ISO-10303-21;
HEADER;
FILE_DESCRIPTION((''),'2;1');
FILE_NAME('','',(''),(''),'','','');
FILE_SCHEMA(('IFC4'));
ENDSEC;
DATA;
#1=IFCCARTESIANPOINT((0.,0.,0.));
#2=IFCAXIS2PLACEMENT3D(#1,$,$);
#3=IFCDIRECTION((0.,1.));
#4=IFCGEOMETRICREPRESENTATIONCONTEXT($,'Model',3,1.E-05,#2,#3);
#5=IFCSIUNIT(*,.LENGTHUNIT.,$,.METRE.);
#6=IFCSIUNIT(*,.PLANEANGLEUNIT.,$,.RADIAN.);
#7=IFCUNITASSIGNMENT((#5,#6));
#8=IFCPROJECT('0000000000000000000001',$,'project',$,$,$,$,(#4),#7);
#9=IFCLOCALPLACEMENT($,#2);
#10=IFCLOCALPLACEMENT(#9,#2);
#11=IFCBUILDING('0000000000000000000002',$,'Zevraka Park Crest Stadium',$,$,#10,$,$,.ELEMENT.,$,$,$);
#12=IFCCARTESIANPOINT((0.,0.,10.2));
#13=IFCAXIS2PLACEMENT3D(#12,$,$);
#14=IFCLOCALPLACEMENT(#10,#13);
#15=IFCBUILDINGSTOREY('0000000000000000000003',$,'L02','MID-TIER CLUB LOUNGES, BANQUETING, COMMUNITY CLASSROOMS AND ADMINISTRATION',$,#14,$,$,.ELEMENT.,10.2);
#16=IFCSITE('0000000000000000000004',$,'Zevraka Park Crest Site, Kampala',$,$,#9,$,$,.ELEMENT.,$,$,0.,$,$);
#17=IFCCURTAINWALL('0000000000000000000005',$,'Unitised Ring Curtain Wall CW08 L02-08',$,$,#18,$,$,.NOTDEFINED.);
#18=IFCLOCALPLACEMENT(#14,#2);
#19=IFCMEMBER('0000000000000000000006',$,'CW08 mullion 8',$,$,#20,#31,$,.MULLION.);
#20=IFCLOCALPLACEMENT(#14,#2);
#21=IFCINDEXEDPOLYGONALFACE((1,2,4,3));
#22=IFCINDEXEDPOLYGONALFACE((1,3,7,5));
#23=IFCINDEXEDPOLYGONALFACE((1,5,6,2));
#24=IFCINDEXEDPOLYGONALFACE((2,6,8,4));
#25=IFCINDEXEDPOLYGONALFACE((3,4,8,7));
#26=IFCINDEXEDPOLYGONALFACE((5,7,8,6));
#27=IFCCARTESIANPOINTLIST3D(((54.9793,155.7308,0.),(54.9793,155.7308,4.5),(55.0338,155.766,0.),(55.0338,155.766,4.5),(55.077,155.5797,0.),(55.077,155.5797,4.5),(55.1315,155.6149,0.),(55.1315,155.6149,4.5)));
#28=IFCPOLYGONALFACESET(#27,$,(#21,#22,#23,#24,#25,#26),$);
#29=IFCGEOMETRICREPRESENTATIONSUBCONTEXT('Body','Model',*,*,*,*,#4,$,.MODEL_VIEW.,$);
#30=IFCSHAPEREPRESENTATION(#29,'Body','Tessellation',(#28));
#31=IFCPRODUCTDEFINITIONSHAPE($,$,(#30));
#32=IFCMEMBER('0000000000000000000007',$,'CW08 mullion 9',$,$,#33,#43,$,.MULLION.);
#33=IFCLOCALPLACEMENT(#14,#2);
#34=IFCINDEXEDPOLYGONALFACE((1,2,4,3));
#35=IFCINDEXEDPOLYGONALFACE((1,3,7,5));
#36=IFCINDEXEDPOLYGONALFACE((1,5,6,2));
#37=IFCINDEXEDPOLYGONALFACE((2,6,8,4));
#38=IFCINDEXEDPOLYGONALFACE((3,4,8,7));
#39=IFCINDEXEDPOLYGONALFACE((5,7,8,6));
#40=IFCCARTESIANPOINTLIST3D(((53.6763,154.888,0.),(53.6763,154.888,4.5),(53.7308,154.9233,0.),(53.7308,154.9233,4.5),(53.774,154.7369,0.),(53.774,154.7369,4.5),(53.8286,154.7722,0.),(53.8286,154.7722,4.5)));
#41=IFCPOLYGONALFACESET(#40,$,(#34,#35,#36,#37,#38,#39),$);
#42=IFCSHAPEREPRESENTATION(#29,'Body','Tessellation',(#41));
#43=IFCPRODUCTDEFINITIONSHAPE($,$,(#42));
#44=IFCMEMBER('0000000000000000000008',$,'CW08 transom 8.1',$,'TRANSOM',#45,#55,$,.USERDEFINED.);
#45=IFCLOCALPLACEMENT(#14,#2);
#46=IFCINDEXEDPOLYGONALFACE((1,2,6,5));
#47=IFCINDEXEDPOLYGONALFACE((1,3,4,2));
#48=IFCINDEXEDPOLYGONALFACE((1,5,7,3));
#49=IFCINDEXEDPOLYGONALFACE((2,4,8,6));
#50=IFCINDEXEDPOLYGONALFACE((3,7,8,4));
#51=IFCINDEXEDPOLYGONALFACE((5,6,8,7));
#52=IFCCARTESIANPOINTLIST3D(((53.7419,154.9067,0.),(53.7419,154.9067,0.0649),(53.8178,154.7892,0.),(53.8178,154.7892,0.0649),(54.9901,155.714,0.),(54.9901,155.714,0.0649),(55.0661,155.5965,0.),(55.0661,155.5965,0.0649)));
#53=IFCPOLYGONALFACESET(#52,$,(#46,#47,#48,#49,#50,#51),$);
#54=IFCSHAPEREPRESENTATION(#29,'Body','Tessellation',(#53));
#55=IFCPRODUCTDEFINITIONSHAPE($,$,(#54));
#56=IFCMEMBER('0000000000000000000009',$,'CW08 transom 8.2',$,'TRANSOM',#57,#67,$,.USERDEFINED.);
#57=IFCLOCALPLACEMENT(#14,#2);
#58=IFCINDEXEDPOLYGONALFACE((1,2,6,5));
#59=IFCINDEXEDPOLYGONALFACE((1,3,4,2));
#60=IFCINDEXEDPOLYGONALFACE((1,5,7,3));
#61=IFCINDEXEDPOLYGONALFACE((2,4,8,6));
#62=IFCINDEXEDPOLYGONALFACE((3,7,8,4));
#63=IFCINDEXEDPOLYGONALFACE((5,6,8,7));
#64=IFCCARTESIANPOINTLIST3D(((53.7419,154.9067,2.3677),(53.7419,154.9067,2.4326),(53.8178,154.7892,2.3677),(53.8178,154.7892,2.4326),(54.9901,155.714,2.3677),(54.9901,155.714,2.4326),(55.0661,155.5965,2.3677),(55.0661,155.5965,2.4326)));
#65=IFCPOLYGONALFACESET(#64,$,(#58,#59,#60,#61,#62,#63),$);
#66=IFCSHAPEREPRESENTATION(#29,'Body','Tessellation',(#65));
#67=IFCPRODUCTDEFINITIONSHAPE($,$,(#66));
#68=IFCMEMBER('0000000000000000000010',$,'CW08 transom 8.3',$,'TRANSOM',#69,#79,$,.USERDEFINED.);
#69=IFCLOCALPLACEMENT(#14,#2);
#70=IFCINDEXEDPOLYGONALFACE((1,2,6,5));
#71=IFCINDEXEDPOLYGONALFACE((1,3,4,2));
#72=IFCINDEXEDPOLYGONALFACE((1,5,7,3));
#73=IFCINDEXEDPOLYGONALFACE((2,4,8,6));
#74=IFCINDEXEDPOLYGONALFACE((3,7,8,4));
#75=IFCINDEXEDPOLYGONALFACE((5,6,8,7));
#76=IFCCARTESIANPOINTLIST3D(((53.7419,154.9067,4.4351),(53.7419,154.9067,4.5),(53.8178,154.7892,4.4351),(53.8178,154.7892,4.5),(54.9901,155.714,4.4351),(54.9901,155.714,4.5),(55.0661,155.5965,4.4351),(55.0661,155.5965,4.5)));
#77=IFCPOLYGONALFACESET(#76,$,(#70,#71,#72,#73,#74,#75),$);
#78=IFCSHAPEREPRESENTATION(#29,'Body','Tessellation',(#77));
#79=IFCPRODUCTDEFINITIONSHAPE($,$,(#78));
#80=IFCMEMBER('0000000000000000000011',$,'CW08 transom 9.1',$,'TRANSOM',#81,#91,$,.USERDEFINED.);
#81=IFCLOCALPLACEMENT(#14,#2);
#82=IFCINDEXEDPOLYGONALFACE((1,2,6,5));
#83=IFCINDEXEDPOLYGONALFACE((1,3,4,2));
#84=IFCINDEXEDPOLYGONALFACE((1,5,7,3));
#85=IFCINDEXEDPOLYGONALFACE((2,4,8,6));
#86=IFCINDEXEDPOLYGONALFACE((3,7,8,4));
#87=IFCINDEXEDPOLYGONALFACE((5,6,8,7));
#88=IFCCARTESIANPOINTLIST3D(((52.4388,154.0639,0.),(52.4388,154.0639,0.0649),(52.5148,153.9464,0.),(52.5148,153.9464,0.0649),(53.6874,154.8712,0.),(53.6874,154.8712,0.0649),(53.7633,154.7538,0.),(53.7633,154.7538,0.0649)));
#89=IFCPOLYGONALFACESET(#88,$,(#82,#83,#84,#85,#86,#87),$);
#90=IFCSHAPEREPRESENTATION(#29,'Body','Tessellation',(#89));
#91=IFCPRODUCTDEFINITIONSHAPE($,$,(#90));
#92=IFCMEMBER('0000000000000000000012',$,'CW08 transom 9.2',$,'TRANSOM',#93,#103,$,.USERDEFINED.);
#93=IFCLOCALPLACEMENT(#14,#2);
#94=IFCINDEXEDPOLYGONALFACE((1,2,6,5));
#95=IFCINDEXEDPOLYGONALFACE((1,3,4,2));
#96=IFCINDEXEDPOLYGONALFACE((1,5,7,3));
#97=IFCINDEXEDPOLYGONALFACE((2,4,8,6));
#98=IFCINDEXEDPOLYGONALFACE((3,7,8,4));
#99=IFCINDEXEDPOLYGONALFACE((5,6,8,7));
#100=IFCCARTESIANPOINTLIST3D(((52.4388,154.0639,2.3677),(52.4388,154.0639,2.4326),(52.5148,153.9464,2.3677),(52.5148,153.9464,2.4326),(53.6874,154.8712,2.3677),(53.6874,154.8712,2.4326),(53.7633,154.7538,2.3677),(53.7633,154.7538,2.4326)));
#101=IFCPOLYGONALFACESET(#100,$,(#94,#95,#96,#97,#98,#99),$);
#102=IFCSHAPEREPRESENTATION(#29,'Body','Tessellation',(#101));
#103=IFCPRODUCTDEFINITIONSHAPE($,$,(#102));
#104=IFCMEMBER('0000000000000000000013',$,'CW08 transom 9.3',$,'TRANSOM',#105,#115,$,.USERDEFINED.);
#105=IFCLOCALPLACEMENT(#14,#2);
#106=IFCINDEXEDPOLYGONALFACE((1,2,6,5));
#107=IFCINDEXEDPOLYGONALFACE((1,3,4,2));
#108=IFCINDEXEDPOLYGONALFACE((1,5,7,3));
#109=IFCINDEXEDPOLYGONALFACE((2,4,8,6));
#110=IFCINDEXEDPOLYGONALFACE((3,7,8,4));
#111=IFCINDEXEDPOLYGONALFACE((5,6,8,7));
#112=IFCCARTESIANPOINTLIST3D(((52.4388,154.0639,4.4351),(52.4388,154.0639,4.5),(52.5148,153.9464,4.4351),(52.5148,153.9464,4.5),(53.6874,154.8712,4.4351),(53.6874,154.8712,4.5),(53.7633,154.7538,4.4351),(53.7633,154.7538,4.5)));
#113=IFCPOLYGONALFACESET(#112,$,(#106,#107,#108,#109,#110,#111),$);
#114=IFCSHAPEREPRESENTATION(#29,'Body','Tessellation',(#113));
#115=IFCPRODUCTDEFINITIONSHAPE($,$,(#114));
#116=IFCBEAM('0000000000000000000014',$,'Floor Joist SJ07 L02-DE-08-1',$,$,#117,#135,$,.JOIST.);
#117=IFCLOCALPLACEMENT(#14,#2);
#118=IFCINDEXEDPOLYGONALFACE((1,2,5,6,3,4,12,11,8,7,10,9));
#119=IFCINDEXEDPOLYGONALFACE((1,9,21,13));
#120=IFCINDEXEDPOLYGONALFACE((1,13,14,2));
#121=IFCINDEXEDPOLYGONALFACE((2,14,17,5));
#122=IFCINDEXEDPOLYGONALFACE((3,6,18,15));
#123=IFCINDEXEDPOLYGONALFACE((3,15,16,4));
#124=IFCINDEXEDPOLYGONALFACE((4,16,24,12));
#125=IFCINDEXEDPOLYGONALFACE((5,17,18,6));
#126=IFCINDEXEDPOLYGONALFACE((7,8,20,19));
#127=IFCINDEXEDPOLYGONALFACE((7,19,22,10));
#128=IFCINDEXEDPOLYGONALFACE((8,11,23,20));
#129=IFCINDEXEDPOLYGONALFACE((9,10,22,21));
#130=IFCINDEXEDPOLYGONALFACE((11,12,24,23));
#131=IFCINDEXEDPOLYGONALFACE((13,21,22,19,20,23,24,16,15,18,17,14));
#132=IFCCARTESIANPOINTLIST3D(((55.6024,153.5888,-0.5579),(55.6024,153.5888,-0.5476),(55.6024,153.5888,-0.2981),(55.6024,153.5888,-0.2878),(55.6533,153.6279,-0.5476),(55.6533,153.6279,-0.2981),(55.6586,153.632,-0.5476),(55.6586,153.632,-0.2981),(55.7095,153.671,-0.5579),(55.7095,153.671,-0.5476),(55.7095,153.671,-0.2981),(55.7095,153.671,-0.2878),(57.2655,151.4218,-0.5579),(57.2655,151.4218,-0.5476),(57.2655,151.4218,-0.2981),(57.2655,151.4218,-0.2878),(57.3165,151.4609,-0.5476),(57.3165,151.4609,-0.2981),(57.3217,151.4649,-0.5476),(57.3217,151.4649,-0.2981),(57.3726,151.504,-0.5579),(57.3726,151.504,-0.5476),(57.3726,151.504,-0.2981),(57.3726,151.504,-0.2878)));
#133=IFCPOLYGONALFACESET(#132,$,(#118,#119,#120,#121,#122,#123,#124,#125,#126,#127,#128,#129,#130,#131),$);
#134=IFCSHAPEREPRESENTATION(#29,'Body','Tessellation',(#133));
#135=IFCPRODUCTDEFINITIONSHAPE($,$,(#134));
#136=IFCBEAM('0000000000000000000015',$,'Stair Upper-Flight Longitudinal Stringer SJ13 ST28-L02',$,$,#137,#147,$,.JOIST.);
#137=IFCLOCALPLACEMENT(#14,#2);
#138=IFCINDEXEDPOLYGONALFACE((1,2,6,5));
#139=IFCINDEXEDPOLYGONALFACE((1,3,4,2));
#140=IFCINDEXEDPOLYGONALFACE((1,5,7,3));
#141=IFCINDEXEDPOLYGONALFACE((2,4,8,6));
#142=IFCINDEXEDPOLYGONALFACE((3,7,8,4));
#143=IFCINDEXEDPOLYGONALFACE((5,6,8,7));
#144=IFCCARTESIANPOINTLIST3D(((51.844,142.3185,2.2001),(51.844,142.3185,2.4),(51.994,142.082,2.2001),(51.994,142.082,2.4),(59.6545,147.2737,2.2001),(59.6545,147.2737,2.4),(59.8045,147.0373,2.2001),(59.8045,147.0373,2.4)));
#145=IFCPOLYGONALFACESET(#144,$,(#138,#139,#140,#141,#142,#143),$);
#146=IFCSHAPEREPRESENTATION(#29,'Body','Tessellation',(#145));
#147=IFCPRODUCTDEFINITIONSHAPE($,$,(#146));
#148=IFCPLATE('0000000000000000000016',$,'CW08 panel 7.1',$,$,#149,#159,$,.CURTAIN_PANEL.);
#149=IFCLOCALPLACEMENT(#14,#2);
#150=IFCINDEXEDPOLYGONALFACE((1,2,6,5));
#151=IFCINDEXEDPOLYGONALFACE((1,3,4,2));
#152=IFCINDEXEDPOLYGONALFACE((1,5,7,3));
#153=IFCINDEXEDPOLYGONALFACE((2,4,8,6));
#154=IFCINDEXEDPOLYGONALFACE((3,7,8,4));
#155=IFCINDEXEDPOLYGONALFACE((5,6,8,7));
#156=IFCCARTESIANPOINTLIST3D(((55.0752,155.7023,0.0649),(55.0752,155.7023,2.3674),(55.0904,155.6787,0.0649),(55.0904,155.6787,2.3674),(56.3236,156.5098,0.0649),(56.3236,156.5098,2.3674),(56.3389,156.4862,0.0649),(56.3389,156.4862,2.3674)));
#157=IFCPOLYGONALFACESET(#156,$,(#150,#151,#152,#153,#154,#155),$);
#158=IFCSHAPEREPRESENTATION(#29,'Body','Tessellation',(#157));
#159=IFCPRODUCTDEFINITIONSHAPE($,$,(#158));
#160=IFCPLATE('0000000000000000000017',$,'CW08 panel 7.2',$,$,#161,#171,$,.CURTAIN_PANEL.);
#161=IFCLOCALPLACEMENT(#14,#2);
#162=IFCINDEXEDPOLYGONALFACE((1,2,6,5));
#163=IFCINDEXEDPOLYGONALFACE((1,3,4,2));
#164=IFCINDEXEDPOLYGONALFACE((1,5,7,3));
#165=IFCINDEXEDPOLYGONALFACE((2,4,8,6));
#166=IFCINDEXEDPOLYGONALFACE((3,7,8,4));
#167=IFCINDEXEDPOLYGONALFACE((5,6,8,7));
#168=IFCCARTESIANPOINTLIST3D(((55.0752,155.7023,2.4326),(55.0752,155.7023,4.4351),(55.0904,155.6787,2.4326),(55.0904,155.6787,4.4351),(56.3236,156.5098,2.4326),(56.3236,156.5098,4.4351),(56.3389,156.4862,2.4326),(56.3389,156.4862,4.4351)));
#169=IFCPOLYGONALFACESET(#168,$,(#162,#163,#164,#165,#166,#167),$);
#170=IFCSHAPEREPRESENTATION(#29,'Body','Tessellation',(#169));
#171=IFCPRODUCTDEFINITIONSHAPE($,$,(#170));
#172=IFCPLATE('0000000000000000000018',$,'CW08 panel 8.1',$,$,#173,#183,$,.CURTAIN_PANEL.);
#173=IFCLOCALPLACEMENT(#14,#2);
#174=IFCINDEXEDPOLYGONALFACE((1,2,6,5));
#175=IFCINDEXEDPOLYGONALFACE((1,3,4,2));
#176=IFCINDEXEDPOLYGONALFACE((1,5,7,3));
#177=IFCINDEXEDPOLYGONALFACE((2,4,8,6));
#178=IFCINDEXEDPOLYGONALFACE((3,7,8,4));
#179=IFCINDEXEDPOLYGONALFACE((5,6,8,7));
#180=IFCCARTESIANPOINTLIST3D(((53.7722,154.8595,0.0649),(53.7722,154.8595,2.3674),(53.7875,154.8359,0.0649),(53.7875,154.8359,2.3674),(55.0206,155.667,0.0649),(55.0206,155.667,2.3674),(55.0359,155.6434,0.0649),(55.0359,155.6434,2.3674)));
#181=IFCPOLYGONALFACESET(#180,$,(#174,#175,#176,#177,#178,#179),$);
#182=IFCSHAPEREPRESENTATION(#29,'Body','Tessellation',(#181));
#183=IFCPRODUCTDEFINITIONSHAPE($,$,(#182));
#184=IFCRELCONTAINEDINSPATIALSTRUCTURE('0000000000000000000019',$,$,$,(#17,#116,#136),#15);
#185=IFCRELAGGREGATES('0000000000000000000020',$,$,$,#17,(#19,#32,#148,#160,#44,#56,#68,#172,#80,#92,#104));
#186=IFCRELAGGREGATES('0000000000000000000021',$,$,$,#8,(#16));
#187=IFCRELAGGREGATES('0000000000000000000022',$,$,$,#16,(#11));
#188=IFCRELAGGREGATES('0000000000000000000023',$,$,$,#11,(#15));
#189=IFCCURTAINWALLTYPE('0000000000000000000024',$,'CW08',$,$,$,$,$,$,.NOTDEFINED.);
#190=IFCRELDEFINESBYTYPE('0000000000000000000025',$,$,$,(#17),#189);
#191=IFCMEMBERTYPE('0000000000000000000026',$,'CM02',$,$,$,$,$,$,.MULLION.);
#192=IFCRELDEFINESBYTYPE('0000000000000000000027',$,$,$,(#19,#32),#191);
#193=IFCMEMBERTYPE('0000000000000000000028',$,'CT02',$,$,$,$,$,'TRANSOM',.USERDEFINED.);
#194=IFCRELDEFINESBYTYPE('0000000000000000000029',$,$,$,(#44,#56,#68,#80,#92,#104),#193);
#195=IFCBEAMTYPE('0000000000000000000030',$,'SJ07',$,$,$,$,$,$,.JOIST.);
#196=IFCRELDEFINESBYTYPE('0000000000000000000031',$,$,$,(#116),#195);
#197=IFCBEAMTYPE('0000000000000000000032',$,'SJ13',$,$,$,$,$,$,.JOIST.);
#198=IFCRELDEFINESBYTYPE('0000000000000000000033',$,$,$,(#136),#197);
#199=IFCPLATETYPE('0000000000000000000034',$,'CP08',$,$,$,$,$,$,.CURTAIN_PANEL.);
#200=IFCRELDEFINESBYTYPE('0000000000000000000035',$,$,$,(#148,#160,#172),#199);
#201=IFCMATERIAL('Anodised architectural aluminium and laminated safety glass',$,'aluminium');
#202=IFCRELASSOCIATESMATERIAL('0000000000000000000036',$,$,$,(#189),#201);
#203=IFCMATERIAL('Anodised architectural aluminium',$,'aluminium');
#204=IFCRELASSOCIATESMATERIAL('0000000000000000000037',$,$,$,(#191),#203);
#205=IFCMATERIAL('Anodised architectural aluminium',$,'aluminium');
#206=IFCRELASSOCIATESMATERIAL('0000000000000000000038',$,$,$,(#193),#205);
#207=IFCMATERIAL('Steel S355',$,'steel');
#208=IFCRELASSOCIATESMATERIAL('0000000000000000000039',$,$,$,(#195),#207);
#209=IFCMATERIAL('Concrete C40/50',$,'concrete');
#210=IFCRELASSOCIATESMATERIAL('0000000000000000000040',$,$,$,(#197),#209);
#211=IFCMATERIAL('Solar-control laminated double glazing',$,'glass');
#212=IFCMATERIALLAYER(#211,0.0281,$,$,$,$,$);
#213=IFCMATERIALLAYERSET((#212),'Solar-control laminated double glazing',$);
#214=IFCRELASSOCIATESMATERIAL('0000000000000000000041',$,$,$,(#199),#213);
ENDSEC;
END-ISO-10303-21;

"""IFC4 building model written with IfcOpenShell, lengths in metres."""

from ifc_helpers import new_model, si_unit, direction, frame, origin, origin_2d, place, context, subcontext, project, spatial, rectangle, i_section, extrude, material, layer, layer_set, material_profile, profile_set, type_object, element, aggregate, save


model = new_model("IFC4")

# Units and contexts
model_context = context("Model", 3, precision=1e-05, world=origin(), true_north=direction((0.0, 1.0)))
body_context = subcontext(model_context, "Body", "Model", "MODEL_VIEW")
ifc_project = project(units=[si_unit("LENGTHUNIT", "METRE"), si_unit("PLANEANGLEUNIT", "RADIAN")], contexts=[model_context])

# Site, building, storey
site_placement = place(None, origin())
site = spatial("IfcSite", under=ifc_project, at=site_placement, Name="Zevraka Park Crest Site, Kampala", CompositionType="ELEMENT", RefElevation=0.0)
building_placement = place(site_placement, origin())
building = spatial("IfcBuilding", under=site, at=building_placement, Name="Zevraka Park Crest Stadium", CompositionType="ELEMENT")
storey_placement = place(building_placement, frame((0.0, 0.0, 10.2)))
storey = spatial("IfcBuildingStorey", under=building, at=storey_placement, Name="L02", Description="MID-TIER CLUB LOUNGES, BANQUETING, COMMUNITY CLASSROOMS AND ADMINISTRATION", CompositionType="ELEMENT", Elevation=10.2)

# Curtain wall, members
ifc_material_1 = material(Name="Anodised architectural aluminium and laminated safety glass", Category="aluminium")
curtain_wall_type = type_object("IfcCurtainWallType", Name="CW08", PredefinedType="NOTDEFINED", material=ifc_material_1)
curtain_wall_placement = place(storey_placement, origin())
curtain_wall = element("IfcCurtainWall", 1, at=curtain_wall_placement, inside=storey, type_object=curtain_wall_type, Name="Unitised Ring Curtain Wall CW08 L02-08", PredefinedType="NOTDEFINED")
ifc_material_2 = material(Name="Anodised architectural aluminium", Category="aluminium")
ifc_material_profile_1 = material_profile(ifc_material_2, rectangle(XDim=0.1799, YDim=0.0649, at=origin_2d()), Name="ALU MULLION 180x65")
ifc_profile_set_1 = profile_set([ifc_material_profile_1], Name="Anodised architectural aluminium")
member_type_1 = type_object("IfcMemberType", Name="CM02", PredefinedType="MULLION", material=ifc_profile_set_1)
member_1_placement = place(storey_placement, frame((55.0554, 155.6729, 0.0), z_axis=(0.0, 0.0, 1.0), x_axis=(0.543096, -0.83967, 0.0)))
member_1 = element("IfcMember", 2, at=member_1_placement, type_object=member_type_1, Name="CW08 mullion 8", PredefinedType="MULLION", context=body_context, shape_type="SweptSolid", body=[
    extrude(rectangle(XDim=0.1799, YDim=0.0649, at=origin_2d()), origin(), (0.0, 0.0, 1.0), 4.5),
])
member_2_placement = place(storey_placement, frame((53.7524, 154.8301, 0.0), z_axis=(0.0, 0.0, 1.0), x_axis=(0.543096, -0.83967, 0.0)))
member_2 = element("IfcMember", 3, at=member_2_placement, type_object=member_type_1, Name="CW08 mullion 9", PredefinedType="MULLION", context=body_context, shape_type="SweptSolid", body=[
    extrude(rectangle(XDim=0.1799, YDim=0.0649, at=origin_2d()), origin(), (0.0, 0.0, 1.0), 4.5),
])
ifc_material_3 = material(Name="Anodised architectural aluminium", Category="aluminium")
ifc_material_profile_2 = material_profile(ifc_material_3, rectangle(XDim=0.1399, YDim=0.0649, at=origin_2d()), Name="ALU TRANSOM 140x65")
ifc_profile_set_2 = profile_set([ifc_material_profile_2], Name="Anodised architectural aluminium")
member_type_2 = type_object("IfcMemberType", Name="CT02", ElementType="TRANSOM", PredefinedType="USERDEFINED", material=ifc_profile_set_2)
member_3_placement = place(storey_placement, frame((55.0281, 155.6553, 0.0325), z_axis=(-0.839676, -0.543088, 0.0), x_axis=(0.543088, -0.839676, 0.0)))
member_3 = element("IfcMember", 4, at=member_3_placement, type_object=member_type_2, Name="CW08 transom 8.1", ObjectType="TRANSOM", PredefinedType="USERDEFINED", context=body_context, shape_type="SweptSolid", body=[
    extrude(rectangle(XDim=0.1399, YDim=0.0649, at=origin_2d()), origin(), (0.0, 0.0, 1.0), 1.4866),
])
member_4_placement = place(storey_placement, frame((55.0281, 155.6553, 2.4001), z_axis=(-0.839676, -0.543088, 0.0), x_axis=(0.543088, -0.839676, 0.0)))
member_4 = element("IfcMember", 5, at=member_4_placement, type_object=member_type_2, Name="CW08 transom 8.2", ObjectType="TRANSOM", PredefinedType="USERDEFINED", context=body_context, shape_type="SweptSolid", body=[
    extrude(rectangle(XDim=0.1399, YDim=0.0649, at=origin_2d()), origin(), (0.0, 0.0, 1.0), 1.4866),
])
member_5_placement = place(storey_placement, frame((55.0281, 155.6553, 4.4675), z_axis=(-0.839676, -0.543088, 0.0), x_axis=(0.543088, -0.839676, 0.0)))
member_5 = element("IfcMember", 6, at=member_5_placement, type_object=member_type_2, Name="CW08 transom 8.3", ObjectType="TRANSOM", PredefinedType="USERDEFINED", context=body_context, shape_type="SweptSolid", body=[
    extrude(rectangle(XDim=0.1399, YDim=0.0649, at=origin_2d()), origin(), (0.0, 0.0, 1.0), 1.4866),
])
member_6_placement = place(storey_placement, frame((53.7253, 154.8125, 0.0325), z_axis=(-0.839724, -0.543013, 0.0), x_axis=(0.543013, -0.839724, 0.0)))
member_6 = element("IfcMember", 7, at=member_6_placement, type_object=member_type_2, Name="CW08 transom 9.1", ObjectType="TRANSOM", PredefinedType="USERDEFINED", context=body_context, shape_type="SweptSolid", body=[
    extrude(rectangle(XDim=0.1399, YDim=0.0649, at=origin_2d()), origin(), (0.0, 0.0, 1.0), 1.4868),
])
member_7_placement = place(storey_placement, frame((53.7253, 154.8125, 2.4001), z_axis=(-0.839724, -0.543013, 0.0), x_axis=(0.543013, -0.839724, 0.0)))
member_7 = element("IfcMember", 8, at=member_7_placement, type_object=member_type_2, Name="CW08 transom 9.2", ObjectType="TRANSOM", PredefinedType="USERDEFINED", context=body_context, shape_type="SweptSolid", body=[
    extrude(rectangle(XDim=0.1399, YDim=0.0649, at=origin_2d()), origin(), (0.0, 0.0, 1.0), 1.4868),
])
member_8_placement = place(storey_placement, frame((53.7253, 154.8125, 4.4675), z_axis=(-0.839724, -0.543013, 0.0), x_axis=(0.543013, -0.839724, 0.0)))
member_8 = element("IfcMember", 9, at=member_8_placement, type_object=member_type_2, Name="CW08 transom 9.3", ObjectType="TRANSOM", PredefinedType="USERDEFINED", context=body_context, shape_type="SweptSolid", body=[
    extrude(rectangle(XDim=0.1399, YDim=0.0649, at=origin_2d()), origin(), (0.0, 0.0, 1.0), 1.4868),
])

# Beams
ifc_material_4 = material(Name="Steel S355", Category="steel")
ifc_material_profile_3 = material_profile(ifc_material_4, i_section(OverallWidth=0.135, OverallDepth=0.27, WebThickness=0.0066, FlangeThickness=0.0103, at=origin_2d()), Name="IPE 270")
ifc_profile_set_3 = profile_set([ifc_material_profile_3], Name="Steel S355")
beam_type_1 = type_object("IfcBeamType", Name="SJ07", PredefinedType="JOIST", material=ifc_profile_set_3)
beam_1_placement = place(storey_placement, frame((57.3191, 151.4629, -0.4229), z_axis=(-0.608829, 0.793301, 0.0), x_axis=(-0.793301, -0.608829, 0.0)))
element("IfcBeam", 10, at=beam_1_placement, inside=storey, type_object=beam_type_1, Name="Floor Joist SJ07 L02-DE-08-1", PredefinedType="JOIST", context=body_context, shape_type="SweptSolid", body=[
    extrude(i_section(OverallWidth=0.135, OverallDepth=0.27, WebThickness=0.0066, FlangeThickness=0.0103, at=origin_2d()), origin(), (0.0, 0.0, 1.0), 2.7317),
])
ifc_material_5 = material(Name="Concrete C40/50", Category="concrete")
ifc_material_profile_4 = material_profile(ifc_material_5, rectangle(XDim=0.28, YDim=0.2, at=origin_2d()), Name="RC 200x280")
ifc_profile_set_4 = profile_set([ifc_material_profile_4], Name="Concrete C40/50")
beam_type_2 = type_object("IfcBeamType", Name="SJ13", PredefinedType="JOIST", material=ifc_profile_set_4)
beam_2_placement = place(storey_placement, frame((59.7295, 147.1555, 2.3), z_axis=(-0.844396, -0.535719, 0.0), x_axis=(0.535719, -0.844396, 0.0)))
element("IfcBeam", 11, at=beam_2_placement, inside=storey, type_object=beam_type_2, Name="Stair Upper-Flight Longitudinal Stringer SJ13 ST28-L02", PredefinedType="JOIST", context=body_context, shape_type="SweptSolid", body=[
    extrude(rectangle(XDim=0.28, YDim=0.2, at=origin_2d()), origin(), (0.0, 0.0, 1.0), 9.2498),
])

# Plates
ifc_material_6 = material(Name="Solar-control laminated double glazing", Category="glass")
ifc_layer_1 = layer(ifc_material_6, 0.0281)
ifc_layer_set_1 = layer_set([ifc_layer_1], Name="Solar-control laminated double glazing")
plate_type = type_object("IfcPlateType", Name="CP08", PredefinedType="CURTAIN_PANEL", material=ifc_layer_set_1)
plate_1_placement = place(storey_placement, frame((55.707, 156.0942, 0.0649), z_axis=(0.0, 0.0, 1.0), x_axis=(-0.83967, -0.543096, 0.0)))
plate_1 = element("IfcPlate", 12, at=plate_1_placement, type_object=plate_type, Name="CW08 panel 7.1", PredefinedType="CURTAIN_PANEL", context=body_context, shape_type="SweptSolid", body=[
    extrude(rectangle(XDim=1.4868, YDim=0.0281, at=origin_2d()), origin(), (0.0, 0.0, 1.0), 2.3025),
])
plate_2_placement = place(storey_placement, frame((55.707, 156.0942, 2.4326), z_axis=(0.0, 0.0, 1.0), x_axis=(-0.83967, -0.543096, 0.0)))
plate_2 = element("IfcPlate", 13, at=plate_2_placement, type_object=plate_type, Name="CW08 panel 7.2", PredefinedType="CURTAIN_PANEL", context=body_context, shape_type="SweptSolid", body=[
    extrude(rectangle(XDim=1.4868, YDim=0.0281, at=origin_2d()), origin(), (0.0, 0.0, 1.0), 2.0024),
])
plate_3_placement = place(storey_placement, frame((54.4041, 155.2515, 0.0649), z_axis=(0.0, 0.0, 1.0), x_axis=(-0.83967, -0.543096, 0.0)))
plate_3 = element("IfcPlate", 14, at=plate_3_placement, type_object=plate_type, Name="CW08 panel 8.1", PredefinedType="CURTAIN_PANEL", context=body_context, shape_type="SweptSolid", body=[
    extrude(rectangle(XDim=1.4868, YDim=0.0281, at=origin_2d()), origin(), (0.0, 0.0, 1.0), 2.3025),
])
aggregate(curtain_wall, [member_1, member_2, plate_1, plate_2, member_3, member_4, member_5, plate_3, member_6, member_7, member_8])

save(model, "model.ifc")
